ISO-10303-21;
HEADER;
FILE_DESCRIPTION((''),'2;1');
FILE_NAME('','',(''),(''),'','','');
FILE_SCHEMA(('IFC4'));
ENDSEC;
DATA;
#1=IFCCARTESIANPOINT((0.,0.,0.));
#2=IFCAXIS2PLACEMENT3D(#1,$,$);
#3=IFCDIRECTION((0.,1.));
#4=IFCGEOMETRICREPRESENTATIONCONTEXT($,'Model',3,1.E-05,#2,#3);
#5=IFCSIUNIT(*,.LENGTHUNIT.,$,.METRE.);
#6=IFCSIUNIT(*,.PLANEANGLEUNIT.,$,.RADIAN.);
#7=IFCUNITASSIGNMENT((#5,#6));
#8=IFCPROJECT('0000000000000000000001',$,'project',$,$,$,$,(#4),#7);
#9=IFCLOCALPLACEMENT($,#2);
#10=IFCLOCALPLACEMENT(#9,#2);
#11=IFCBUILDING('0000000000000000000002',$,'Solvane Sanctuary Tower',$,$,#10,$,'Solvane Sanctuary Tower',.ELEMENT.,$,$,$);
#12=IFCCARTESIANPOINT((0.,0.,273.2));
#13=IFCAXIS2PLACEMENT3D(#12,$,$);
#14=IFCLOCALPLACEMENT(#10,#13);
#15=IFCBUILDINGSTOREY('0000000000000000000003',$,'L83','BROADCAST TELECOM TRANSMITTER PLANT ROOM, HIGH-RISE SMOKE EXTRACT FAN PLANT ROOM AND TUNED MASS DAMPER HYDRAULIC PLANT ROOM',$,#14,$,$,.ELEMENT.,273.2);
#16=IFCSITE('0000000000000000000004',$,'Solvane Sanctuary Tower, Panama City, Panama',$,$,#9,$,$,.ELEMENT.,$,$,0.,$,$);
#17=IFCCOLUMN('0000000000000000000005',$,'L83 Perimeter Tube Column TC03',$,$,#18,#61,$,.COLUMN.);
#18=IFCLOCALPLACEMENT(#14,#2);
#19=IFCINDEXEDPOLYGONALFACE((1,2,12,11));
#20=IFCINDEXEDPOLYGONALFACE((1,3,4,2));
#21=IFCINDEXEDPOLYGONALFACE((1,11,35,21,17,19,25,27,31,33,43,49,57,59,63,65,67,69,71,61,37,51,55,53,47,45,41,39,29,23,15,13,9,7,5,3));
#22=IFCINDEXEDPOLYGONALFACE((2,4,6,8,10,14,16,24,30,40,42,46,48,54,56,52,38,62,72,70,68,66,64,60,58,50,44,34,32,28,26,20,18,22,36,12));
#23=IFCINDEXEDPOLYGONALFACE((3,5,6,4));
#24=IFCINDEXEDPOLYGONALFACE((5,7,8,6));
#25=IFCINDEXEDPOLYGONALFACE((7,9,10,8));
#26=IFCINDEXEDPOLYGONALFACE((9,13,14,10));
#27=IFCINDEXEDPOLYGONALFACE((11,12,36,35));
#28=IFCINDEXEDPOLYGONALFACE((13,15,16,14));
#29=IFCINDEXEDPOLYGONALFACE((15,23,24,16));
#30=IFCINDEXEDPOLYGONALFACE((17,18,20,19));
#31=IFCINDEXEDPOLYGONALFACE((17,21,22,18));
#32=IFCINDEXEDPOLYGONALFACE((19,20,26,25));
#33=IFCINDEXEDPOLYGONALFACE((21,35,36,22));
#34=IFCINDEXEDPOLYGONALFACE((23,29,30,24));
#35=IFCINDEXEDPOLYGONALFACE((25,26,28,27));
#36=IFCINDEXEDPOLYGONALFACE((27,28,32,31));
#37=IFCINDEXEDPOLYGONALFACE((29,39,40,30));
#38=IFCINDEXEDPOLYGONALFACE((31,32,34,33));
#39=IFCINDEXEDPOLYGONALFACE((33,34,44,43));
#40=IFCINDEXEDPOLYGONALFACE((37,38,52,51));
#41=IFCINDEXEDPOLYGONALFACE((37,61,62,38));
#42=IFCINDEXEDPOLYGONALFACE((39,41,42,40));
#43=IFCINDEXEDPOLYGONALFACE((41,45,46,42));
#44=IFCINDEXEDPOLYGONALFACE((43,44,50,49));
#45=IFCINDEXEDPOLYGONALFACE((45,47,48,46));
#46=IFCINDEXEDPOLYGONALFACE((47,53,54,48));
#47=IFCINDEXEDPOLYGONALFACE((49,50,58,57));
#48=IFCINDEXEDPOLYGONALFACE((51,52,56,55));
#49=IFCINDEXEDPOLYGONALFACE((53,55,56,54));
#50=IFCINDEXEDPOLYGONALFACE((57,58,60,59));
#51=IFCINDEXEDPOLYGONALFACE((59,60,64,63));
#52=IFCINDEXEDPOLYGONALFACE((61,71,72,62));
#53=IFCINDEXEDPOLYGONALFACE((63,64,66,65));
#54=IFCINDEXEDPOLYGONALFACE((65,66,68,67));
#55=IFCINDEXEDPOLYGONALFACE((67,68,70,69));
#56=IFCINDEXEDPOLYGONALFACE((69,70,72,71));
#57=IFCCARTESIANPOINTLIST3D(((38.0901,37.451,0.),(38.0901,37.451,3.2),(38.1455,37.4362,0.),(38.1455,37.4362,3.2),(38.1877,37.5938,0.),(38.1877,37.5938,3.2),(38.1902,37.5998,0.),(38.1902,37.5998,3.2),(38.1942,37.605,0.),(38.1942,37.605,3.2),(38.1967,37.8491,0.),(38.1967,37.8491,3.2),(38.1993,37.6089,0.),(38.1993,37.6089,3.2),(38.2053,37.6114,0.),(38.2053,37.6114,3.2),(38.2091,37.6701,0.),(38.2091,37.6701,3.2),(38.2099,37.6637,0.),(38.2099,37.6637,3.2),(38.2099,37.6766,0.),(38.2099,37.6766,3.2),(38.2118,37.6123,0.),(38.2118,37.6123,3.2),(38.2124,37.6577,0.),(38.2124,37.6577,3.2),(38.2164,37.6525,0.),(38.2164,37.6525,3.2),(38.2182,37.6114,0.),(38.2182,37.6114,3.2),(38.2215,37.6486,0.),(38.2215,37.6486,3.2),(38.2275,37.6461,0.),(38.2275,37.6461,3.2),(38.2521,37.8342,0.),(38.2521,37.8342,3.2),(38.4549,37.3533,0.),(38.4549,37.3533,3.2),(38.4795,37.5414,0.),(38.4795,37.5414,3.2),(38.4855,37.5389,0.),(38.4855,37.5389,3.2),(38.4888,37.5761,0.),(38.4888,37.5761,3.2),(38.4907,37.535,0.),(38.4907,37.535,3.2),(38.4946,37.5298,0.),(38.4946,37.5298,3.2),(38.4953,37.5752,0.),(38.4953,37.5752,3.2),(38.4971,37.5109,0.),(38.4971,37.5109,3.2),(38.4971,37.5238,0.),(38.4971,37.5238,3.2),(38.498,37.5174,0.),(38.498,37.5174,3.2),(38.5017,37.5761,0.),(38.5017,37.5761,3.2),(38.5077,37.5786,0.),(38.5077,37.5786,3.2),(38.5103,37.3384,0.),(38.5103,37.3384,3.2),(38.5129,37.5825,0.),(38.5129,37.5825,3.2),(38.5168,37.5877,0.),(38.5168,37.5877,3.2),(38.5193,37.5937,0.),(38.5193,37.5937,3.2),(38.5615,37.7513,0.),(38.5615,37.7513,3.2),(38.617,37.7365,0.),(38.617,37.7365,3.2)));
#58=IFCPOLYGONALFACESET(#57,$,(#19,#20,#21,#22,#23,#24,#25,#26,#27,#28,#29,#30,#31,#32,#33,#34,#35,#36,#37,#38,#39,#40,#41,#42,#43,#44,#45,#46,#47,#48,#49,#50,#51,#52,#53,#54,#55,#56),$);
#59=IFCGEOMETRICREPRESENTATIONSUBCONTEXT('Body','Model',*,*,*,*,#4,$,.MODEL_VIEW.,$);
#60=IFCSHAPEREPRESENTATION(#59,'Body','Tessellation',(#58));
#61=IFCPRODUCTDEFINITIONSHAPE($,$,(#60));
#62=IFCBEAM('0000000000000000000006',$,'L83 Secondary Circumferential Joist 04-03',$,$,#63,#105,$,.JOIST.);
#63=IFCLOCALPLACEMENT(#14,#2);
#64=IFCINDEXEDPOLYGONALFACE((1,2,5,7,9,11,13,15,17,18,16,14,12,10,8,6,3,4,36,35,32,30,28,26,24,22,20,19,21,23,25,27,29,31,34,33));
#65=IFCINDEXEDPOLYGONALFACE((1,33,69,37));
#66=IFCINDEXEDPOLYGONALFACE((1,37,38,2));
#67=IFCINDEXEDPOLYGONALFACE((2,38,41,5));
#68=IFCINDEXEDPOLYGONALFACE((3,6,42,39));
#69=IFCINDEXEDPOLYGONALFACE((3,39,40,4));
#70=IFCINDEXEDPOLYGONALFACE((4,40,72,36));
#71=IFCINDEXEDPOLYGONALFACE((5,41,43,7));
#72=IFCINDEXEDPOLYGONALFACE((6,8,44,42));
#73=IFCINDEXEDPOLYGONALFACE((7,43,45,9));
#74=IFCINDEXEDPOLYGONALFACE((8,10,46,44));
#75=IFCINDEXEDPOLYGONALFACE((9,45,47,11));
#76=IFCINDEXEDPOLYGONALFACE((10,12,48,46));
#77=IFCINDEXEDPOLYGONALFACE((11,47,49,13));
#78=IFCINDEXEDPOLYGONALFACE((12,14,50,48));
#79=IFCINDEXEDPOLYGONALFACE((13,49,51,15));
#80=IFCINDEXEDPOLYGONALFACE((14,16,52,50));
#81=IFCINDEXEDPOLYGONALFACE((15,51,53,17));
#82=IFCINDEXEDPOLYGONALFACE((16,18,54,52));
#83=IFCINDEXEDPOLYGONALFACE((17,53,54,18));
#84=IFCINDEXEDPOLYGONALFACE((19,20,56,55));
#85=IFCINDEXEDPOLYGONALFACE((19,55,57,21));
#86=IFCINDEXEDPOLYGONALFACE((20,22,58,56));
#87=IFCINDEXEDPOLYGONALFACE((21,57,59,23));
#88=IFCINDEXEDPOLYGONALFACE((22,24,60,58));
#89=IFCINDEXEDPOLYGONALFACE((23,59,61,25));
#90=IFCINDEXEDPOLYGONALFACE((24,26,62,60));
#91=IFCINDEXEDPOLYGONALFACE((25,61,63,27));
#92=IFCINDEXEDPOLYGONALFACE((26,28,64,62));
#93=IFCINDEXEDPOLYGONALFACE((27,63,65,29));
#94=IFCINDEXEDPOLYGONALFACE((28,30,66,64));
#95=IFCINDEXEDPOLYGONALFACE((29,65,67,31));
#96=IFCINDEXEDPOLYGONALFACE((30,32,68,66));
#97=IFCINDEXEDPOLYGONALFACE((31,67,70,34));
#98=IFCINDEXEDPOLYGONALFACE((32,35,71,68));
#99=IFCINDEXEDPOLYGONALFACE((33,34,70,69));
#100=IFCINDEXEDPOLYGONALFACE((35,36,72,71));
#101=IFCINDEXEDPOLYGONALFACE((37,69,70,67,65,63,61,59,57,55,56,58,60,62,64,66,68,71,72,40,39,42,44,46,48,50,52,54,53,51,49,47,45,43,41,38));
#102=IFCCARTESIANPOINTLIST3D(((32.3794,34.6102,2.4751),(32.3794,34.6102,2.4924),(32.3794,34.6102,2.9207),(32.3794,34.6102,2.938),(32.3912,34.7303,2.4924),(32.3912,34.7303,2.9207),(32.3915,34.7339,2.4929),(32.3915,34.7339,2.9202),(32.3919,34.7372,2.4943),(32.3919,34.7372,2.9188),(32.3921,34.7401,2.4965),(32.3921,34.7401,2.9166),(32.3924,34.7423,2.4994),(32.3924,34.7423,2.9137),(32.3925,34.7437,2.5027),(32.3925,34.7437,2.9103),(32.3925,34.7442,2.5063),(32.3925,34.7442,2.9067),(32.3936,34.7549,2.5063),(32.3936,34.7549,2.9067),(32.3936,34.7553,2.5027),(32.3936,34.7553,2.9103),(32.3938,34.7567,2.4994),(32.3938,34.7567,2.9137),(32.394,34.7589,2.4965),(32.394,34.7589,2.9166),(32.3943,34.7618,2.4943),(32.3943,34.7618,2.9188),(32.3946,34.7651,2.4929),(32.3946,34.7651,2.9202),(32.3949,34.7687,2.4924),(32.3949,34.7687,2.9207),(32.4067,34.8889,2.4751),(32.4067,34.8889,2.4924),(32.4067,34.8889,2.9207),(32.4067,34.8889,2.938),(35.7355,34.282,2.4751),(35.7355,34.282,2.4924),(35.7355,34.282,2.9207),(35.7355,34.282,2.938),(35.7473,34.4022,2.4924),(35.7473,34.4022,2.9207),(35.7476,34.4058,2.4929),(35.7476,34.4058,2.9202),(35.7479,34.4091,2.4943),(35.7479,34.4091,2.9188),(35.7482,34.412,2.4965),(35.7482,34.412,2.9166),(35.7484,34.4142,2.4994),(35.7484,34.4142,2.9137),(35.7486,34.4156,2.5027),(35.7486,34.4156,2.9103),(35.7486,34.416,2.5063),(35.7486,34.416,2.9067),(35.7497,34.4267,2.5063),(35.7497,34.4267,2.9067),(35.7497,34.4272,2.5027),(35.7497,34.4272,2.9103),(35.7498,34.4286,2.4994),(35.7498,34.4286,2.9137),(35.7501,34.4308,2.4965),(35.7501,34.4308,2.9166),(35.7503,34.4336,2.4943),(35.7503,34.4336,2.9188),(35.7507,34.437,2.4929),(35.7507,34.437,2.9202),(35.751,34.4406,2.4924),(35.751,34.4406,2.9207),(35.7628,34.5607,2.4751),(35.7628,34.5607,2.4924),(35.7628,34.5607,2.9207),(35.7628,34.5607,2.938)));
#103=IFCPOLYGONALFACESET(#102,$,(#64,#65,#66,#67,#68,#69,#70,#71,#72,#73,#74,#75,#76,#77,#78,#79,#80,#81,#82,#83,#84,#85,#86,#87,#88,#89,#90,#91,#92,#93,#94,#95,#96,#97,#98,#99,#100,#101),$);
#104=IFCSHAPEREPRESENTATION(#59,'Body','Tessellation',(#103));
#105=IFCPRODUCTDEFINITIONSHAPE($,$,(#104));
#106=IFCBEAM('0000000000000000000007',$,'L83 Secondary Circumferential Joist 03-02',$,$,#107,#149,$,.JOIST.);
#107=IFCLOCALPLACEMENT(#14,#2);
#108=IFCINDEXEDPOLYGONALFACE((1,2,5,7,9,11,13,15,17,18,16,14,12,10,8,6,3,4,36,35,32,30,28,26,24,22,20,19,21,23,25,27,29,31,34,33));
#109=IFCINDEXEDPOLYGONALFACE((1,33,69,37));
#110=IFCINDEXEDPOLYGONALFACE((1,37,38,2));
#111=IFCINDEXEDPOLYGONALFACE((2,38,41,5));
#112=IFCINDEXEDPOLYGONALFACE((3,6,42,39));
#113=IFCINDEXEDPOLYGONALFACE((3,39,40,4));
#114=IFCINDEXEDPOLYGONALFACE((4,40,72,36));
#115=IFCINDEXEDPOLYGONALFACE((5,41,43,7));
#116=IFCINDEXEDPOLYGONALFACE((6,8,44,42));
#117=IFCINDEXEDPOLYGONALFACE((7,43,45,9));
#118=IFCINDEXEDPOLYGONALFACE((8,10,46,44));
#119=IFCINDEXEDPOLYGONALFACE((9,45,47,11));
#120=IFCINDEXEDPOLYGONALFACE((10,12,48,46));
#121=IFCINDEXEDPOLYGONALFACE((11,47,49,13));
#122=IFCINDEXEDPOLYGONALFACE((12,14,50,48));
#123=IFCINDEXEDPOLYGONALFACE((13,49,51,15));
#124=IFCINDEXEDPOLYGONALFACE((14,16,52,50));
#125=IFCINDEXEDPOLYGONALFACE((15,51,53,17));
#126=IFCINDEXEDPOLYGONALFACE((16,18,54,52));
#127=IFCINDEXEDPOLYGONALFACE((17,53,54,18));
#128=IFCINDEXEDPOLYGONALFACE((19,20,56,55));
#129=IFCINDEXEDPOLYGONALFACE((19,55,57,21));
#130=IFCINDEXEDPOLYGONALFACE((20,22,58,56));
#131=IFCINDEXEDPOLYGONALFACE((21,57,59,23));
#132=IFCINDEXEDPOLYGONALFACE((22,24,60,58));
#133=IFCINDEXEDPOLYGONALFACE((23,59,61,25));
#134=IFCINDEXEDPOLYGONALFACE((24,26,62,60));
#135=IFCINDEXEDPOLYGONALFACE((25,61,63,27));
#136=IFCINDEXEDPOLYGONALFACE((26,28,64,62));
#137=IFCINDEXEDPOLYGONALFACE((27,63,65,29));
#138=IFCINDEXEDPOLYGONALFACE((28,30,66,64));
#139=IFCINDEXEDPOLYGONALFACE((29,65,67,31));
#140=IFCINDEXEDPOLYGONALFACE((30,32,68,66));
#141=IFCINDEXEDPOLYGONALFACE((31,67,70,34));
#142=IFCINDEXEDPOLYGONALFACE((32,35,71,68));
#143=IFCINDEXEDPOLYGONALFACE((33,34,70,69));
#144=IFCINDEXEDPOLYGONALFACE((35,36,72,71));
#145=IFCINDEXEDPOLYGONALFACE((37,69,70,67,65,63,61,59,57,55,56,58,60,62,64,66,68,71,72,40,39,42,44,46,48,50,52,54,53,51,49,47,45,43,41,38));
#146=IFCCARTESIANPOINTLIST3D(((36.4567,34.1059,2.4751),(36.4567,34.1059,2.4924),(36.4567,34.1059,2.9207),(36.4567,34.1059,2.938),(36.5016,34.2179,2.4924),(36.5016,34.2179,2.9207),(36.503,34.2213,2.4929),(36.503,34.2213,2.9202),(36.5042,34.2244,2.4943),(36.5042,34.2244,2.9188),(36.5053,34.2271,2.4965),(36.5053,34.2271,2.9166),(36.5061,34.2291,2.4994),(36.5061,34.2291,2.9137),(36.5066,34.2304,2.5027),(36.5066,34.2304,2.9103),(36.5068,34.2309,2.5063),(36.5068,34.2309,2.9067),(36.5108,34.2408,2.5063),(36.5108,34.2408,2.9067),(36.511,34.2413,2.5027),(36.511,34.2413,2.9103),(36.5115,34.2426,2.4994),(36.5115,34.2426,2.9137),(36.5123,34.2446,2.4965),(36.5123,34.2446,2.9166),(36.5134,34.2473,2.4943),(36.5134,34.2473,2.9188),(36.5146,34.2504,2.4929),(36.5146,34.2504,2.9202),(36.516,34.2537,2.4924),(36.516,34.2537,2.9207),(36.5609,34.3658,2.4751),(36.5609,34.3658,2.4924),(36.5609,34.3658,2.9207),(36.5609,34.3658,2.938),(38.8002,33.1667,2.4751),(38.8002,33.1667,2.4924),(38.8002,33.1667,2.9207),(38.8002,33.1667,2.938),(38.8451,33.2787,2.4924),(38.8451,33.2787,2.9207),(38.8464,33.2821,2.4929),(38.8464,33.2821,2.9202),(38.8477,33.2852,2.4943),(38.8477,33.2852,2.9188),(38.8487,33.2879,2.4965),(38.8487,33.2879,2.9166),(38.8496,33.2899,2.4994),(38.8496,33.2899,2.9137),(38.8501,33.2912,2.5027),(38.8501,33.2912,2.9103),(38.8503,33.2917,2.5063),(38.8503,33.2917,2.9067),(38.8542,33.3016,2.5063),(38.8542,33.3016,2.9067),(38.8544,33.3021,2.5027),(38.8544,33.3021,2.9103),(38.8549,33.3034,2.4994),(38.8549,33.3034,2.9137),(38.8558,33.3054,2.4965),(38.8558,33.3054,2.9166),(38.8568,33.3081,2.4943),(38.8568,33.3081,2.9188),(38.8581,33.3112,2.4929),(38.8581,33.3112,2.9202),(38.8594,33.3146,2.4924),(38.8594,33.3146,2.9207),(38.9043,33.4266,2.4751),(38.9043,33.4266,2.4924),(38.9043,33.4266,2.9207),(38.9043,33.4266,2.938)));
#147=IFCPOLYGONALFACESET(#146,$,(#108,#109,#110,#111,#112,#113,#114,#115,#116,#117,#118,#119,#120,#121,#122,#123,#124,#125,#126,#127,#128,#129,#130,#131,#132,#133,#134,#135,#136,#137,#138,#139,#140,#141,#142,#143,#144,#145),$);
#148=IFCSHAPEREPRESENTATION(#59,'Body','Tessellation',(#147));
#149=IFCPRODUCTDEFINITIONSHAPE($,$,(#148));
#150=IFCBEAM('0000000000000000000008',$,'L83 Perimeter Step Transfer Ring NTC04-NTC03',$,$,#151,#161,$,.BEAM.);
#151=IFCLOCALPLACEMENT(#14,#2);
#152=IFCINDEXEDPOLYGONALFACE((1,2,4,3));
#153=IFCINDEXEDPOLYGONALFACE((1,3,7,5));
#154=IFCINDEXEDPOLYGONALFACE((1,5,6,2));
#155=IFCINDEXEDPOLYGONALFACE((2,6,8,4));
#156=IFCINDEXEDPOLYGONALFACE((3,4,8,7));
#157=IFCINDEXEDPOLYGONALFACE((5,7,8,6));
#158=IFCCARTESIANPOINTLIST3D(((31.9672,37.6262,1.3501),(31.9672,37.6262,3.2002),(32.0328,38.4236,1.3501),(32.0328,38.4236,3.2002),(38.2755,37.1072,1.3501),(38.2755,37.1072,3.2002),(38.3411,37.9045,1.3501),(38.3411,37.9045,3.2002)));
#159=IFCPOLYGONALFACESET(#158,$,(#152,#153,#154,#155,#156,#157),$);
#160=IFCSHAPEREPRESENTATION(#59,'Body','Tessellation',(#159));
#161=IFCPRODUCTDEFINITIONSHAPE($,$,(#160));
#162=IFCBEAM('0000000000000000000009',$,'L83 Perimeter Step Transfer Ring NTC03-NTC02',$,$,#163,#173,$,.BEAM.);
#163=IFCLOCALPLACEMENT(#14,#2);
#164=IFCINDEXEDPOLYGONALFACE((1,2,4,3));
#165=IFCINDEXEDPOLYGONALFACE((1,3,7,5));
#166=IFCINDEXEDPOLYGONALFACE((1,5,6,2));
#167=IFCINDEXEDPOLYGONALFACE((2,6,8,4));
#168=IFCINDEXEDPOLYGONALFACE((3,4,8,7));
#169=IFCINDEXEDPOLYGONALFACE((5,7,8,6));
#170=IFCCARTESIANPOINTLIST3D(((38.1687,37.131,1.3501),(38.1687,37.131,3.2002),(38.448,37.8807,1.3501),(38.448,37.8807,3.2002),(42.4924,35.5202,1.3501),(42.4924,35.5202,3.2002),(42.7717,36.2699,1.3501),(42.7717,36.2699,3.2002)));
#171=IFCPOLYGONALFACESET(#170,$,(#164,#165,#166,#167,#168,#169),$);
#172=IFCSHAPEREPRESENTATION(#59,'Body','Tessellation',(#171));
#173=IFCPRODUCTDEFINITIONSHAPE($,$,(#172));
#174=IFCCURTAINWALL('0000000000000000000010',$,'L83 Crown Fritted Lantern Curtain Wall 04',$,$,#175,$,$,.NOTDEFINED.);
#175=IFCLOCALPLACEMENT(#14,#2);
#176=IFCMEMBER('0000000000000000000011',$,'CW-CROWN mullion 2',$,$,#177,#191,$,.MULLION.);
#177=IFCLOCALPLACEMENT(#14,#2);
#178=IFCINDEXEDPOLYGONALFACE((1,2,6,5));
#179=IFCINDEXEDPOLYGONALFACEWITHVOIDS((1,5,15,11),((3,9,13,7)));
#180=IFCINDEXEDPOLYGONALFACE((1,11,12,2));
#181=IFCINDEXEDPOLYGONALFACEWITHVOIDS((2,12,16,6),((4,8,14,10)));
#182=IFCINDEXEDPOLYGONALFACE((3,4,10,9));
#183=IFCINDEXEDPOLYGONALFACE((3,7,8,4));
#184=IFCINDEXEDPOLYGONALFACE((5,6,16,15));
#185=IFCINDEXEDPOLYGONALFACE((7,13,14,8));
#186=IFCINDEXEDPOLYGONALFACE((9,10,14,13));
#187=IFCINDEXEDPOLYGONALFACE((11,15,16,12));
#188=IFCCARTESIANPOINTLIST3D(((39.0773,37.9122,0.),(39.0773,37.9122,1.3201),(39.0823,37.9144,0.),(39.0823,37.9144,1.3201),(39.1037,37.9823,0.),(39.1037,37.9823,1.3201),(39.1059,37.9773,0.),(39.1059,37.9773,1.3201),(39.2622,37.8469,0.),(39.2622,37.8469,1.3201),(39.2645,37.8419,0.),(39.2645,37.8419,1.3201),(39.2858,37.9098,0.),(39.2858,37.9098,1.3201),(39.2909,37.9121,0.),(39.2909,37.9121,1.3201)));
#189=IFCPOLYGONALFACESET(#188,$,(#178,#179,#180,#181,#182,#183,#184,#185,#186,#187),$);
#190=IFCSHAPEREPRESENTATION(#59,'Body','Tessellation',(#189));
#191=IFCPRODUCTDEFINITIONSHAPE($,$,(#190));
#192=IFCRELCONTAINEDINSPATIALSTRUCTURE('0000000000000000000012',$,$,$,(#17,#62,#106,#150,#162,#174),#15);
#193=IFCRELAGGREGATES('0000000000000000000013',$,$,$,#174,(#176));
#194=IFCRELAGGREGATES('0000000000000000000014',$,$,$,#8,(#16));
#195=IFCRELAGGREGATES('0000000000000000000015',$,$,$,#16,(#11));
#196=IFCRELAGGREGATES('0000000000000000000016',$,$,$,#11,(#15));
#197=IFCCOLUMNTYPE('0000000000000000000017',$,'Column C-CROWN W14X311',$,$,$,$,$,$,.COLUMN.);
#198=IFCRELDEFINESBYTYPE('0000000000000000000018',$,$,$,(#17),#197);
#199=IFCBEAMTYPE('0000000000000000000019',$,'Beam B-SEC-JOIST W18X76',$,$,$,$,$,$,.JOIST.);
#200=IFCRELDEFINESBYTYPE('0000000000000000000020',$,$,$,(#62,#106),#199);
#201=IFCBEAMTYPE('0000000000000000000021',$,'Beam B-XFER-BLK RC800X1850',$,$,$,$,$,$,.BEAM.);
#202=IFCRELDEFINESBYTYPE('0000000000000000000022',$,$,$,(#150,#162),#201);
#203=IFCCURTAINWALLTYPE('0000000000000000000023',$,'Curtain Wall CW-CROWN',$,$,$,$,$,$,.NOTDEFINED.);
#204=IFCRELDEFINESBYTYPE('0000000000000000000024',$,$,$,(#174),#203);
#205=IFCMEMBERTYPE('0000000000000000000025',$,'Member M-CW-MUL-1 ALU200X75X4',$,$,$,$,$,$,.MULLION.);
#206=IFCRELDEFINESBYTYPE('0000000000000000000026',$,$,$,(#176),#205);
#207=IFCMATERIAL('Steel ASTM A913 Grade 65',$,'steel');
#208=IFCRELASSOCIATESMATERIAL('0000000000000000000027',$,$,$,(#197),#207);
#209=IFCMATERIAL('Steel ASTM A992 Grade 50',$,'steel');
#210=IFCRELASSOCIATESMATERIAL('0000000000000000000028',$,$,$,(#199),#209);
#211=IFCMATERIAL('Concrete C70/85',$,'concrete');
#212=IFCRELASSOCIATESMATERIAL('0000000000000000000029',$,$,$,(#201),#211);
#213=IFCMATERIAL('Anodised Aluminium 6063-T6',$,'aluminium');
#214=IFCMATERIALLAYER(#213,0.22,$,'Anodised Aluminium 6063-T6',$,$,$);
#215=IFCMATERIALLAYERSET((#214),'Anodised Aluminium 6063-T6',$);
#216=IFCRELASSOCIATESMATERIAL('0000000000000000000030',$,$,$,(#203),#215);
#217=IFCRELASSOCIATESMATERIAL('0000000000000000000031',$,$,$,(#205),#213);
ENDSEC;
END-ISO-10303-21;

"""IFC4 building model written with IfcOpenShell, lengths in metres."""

from ifc_helpers import new_model, si_unit, direction, frame, origin, origin_2d, place, context, subcontext, project, spatial, rectangle, hollow_rectangle, i_section, extrude, material, layer, layer_set, material_profile, profile_set, type_object, element, aggregate, save


model = new_model("IFC4")

# Units and contexts
model_context = context("Model", 3, precision=1e-05, world=origin(), true_north=direction((0.0, 1.0)))
body_context = subcontext(model_context, "Body", "Model", "MODEL_VIEW")
ifc_project = project(units=[si_unit("LENGTHUNIT", "METRE"), si_unit("PLANEANGLEUNIT", "RADIAN")], contexts=[model_context])

# Site, building, storey
site_placement = place(None, origin())
site = spatial("IfcSite", under=ifc_project, at=site_placement, Name="Solvane Sanctuary Tower, Panama City, Panama", CompositionType="ELEMENT", RefElevation=0.0)
building_placement = place(site_placement, origin())
building = spatial("IfcBuilding", under=site, at=building_placement, Name="Solvane Sanctuary Tower", LongName="Solvane Sanctuary Tower", CompositionType="ELEMENT")
storey_placement = place(building_placement, frame((0.0, 0.0, 273.2)))
storey = spatial("IfcBuildingStorey", under=building, at=storey_placement, Name="L83", Description="BROADCAST TELECOM TRANSMITTER PLANT ROOM, HIGH-RISE SMOKE EXTRACT FAN PLANT ROOM AND TUNED MASS DAMPER HYDRAULIC PLANT ROOM", CompositionType="ELEMENT", Elevation=273.2)

# Column
ifc_material_1 = material(Name="Steel ASTM A913 Grade 65", Category="steel")
ifc_material_profile_1 = material_profile(ifc_material_1, i_section(OverallWidth=0.4121, OverallDepth=0.4351, WebThickness=0.0359, FlangeThickness=0.0574, FilletRadius=0.0249, at=origin_2d()), Name="W14X311")
ifc_profile_set_1 = profile_set([ifc_material_profile_1], Name="Steel ASTM A913 Grade 65")
column_type = type_object("IfcColumnType", Name="Column C-CROWN W14X311", PredefinedType="COLUMN", material=ifc_profile_set_1)
column_placement = place(storey_placement, frame((38.3535, 37.5938, 0.0), z_axis=(0.0, 0.0, 1.0), x_axis=(0.258819, 0.965926, 0.0)))
element("IfcColumn", 1, at=column_placement, inside=storey, type_object=column_type, Name="L83 Perimeter Tube Column TC03", PredefinedType="COLUMN", context=body_context, shape_type="SweptSolid", body=[
    extrude(i_section(OverallWidth=0.4121, OverallDepth=0.4351, WebThickness=0.0359, FlangeThickness=0.0574, FilletRadius=0.0249, at=origin_2d()), origin(), (0.0, 0.0, 1.0), 3.2),
])

# Beams
ifc_material_2 = material(Name="Steel ASTM A992 Grade 50", Category="steel")
ifc_material_profile_2 = material_profile(ifc_material_2, i_section(OverallWidth=0.28, OverallDepth=0.4629, WebThickness=0.0107, FlangeThickness=0.0173, FilletRadius=0.0139, at=origin_2d()), Name="W18X76")
ifc_profile_set_2 = profile_set([ifc_material_profile_2], Name="Steel ASTM A992 Grade 50")
beam_type_1 = type_object("IfcBeamType", Name="Beam B-SEC-JOIST W18X76", PredefinedType="JOIST", material=ifc_profile_set_2)
beam_1_placement = place(storey_placement, frame((32.3931, 34.7495, 2.7065), z_axis=(0.995254, -0.09731, 0.0), x_axis=(0.09731, 0.995254, 0.0)))
element("IfcBeam", 2, at=beam_1_placement, inside=storey, type_object=beam_type_1, Name="L83 Secondary Circumferential Joist 04-03", PredefinedType="JOIST", context=body_context, shape_type="SweptSolid", body=[
    extrude(i_section(OverallWidth=0.28, OverallDepth=0.4629, WebThickness=0.0107, FlangeThickness=0.0173, FilletRadius=0.0139, at=origin_2d()), origin(), (0.0, 0.0, 1.0), 3.3721),
])
beam_2_placement = place(storey_placement, frame((36.5088, 34.2358, 2.7065), z_axis=(0.92823, -0.372007, 0.0), x_axis=(0.372007, 0.92823, 0.0)))
element("IfcBeam", 3, at=beam_2_placement, inside=storey, type_object=beam_type_1, Name="L83 Secondary Circumferential Joist 03-02", PredefinedType="JOIST", context=body_context, shape_type="SweptSolid", body=[
    extrude(i_section(OverallWidth=0.28, OverallDepth=0.4629, WebThickness=0.0107, FlangeThickness=0.0173, FilletRadius=0.0139, at=origin_2d()), origin(), (0.0, 0.0, 1.0), 2.5247),
])
ifc_material_3 = material(Name="Concrete C70/85", Category="concrete")
ifc_material_profile_3 = material_profile(ifc_material_3, rectangle(XDim=0.8, YDim=1.8501, at=origin_2d()), Name="RC800X1850")
ifc_profile_set_3 = profile_set([ifc_material_profile_3], Name="Concrete C70/85")
beam_type_2 = type_object("IfcBeamType", Name="Beam B-XFER-BLK RC800X1850", PredefinedType="BEAM", material=ifc_profile_set_3)
beam_3_placement = place(storey_placement, frame((32.0, 38.0249, 2.2751), z_axis=(0.996632, -0.082002, 0.0), x_axis=(0.082002, 0.996632, 0.0)))
element("IfcBeam", 4, at=beam_3_placement, inside=storey, type_object=beam_type_2, Name="L83 Perimeter Step Transfer Ring NTC04-NTC03", PredefinedType="BEAM", context=body_context, shape_type="SweptSolid", body=[
    extrude(rectangle(XDim=0.8, YDim=1.8501, at=origin_2d()), origin(), (0.0, 0.0, 1.0), 6.3296),
])
beam_4_placement = place(storey_placement, frame((38.3083, 37.5059, 2.2751), z_axis=(0.937079, -0.349116, 0.0), x_axis=(0.349116, 0.937079, 0.0)))
element("IfcBeam", 5, at=beam_4_placement, inside=storey, type_object=beam_type_2, Name="L83 Perimeter Step Transfer Ring NTC03-NTC02", PredefinedType="BEAM", context=body_context, shape_type="SweptSolid", body=[
    extrude(rectangle(XDim=0.8, YDim=1.8501, at=origin_2d()), origin(), (0.0, 0.0, 1.0), 4.614),
])

# Curtain wall, member
ifc_material_4 = material(Name="Anodised Aluminium 6063-T6", Category="aluminium")
ifc_layer_1 = layer(ifc_material_4, 0.22, Name="Anodised Aluminium 6063-T6")
ifc_layer_set_1 = layer_set([ifc_layer_1], Name="Anodised Aluminium 6063-T6")
curtain_wall_type = type_object("IfcCurtainWallType", Name="Curtain Wall CW-CROWN", PredefinedType="NOTDEFINED", material=ifc_layer_set_1)
curtain_wall_1_placement = place(storey_placement, origin())
curtain_wall_1 = element("IfcCurtainWall", 6, at=curtain_wall_1_placement, inside=storey, type_object=curtain_wall_type, Name="L83 Crown Fritted Lantern Curtain Wall 04", PredefinedType="NOTDEFINED")
ifc_material_profile_4 = material_profile(ifc_material_4, hollow_rectangle(XDim=0.075, YDim=0.2, WallThickness=0.0039, at=origin_2d()), Name="ALU200X75X4")
ifc_profile_set_4 = profile_set([ifc_material_profile_4], Name="Anodised Aluminium 6063-T6")
member_type_1 = type_object("IfcMemberType", Name="Member M-CW-MUL-1 ALU200X75X4", PredefinedType="MULLION", material=ifc_profile_set_4)
member_1_placement = place(storey_placement, frame((39.1841, 37.9121, 0.0), z_axis=(0.0, 0.0, 1.0), x_axis=(-0.351475, -0.936197, 0.0)))
member_1 = element("IfcMember", 7, at=member_1_placement, type_object=member_type_1, Name="CW-CROWN mullion 2", PredefinedType="MULLION", context=body_context, shape_type="SweptSolid", body=[
    extrude(hollow_rectangle(XDim=0.075, YDim=0.2, WallThickness=0.0039, at=origin_2d()), origin(), (0.0, 0.0, 1.0), 1.3201),
])
aggregate(curtain_wall_1, [member_1])

save(model, "model.ifc")
